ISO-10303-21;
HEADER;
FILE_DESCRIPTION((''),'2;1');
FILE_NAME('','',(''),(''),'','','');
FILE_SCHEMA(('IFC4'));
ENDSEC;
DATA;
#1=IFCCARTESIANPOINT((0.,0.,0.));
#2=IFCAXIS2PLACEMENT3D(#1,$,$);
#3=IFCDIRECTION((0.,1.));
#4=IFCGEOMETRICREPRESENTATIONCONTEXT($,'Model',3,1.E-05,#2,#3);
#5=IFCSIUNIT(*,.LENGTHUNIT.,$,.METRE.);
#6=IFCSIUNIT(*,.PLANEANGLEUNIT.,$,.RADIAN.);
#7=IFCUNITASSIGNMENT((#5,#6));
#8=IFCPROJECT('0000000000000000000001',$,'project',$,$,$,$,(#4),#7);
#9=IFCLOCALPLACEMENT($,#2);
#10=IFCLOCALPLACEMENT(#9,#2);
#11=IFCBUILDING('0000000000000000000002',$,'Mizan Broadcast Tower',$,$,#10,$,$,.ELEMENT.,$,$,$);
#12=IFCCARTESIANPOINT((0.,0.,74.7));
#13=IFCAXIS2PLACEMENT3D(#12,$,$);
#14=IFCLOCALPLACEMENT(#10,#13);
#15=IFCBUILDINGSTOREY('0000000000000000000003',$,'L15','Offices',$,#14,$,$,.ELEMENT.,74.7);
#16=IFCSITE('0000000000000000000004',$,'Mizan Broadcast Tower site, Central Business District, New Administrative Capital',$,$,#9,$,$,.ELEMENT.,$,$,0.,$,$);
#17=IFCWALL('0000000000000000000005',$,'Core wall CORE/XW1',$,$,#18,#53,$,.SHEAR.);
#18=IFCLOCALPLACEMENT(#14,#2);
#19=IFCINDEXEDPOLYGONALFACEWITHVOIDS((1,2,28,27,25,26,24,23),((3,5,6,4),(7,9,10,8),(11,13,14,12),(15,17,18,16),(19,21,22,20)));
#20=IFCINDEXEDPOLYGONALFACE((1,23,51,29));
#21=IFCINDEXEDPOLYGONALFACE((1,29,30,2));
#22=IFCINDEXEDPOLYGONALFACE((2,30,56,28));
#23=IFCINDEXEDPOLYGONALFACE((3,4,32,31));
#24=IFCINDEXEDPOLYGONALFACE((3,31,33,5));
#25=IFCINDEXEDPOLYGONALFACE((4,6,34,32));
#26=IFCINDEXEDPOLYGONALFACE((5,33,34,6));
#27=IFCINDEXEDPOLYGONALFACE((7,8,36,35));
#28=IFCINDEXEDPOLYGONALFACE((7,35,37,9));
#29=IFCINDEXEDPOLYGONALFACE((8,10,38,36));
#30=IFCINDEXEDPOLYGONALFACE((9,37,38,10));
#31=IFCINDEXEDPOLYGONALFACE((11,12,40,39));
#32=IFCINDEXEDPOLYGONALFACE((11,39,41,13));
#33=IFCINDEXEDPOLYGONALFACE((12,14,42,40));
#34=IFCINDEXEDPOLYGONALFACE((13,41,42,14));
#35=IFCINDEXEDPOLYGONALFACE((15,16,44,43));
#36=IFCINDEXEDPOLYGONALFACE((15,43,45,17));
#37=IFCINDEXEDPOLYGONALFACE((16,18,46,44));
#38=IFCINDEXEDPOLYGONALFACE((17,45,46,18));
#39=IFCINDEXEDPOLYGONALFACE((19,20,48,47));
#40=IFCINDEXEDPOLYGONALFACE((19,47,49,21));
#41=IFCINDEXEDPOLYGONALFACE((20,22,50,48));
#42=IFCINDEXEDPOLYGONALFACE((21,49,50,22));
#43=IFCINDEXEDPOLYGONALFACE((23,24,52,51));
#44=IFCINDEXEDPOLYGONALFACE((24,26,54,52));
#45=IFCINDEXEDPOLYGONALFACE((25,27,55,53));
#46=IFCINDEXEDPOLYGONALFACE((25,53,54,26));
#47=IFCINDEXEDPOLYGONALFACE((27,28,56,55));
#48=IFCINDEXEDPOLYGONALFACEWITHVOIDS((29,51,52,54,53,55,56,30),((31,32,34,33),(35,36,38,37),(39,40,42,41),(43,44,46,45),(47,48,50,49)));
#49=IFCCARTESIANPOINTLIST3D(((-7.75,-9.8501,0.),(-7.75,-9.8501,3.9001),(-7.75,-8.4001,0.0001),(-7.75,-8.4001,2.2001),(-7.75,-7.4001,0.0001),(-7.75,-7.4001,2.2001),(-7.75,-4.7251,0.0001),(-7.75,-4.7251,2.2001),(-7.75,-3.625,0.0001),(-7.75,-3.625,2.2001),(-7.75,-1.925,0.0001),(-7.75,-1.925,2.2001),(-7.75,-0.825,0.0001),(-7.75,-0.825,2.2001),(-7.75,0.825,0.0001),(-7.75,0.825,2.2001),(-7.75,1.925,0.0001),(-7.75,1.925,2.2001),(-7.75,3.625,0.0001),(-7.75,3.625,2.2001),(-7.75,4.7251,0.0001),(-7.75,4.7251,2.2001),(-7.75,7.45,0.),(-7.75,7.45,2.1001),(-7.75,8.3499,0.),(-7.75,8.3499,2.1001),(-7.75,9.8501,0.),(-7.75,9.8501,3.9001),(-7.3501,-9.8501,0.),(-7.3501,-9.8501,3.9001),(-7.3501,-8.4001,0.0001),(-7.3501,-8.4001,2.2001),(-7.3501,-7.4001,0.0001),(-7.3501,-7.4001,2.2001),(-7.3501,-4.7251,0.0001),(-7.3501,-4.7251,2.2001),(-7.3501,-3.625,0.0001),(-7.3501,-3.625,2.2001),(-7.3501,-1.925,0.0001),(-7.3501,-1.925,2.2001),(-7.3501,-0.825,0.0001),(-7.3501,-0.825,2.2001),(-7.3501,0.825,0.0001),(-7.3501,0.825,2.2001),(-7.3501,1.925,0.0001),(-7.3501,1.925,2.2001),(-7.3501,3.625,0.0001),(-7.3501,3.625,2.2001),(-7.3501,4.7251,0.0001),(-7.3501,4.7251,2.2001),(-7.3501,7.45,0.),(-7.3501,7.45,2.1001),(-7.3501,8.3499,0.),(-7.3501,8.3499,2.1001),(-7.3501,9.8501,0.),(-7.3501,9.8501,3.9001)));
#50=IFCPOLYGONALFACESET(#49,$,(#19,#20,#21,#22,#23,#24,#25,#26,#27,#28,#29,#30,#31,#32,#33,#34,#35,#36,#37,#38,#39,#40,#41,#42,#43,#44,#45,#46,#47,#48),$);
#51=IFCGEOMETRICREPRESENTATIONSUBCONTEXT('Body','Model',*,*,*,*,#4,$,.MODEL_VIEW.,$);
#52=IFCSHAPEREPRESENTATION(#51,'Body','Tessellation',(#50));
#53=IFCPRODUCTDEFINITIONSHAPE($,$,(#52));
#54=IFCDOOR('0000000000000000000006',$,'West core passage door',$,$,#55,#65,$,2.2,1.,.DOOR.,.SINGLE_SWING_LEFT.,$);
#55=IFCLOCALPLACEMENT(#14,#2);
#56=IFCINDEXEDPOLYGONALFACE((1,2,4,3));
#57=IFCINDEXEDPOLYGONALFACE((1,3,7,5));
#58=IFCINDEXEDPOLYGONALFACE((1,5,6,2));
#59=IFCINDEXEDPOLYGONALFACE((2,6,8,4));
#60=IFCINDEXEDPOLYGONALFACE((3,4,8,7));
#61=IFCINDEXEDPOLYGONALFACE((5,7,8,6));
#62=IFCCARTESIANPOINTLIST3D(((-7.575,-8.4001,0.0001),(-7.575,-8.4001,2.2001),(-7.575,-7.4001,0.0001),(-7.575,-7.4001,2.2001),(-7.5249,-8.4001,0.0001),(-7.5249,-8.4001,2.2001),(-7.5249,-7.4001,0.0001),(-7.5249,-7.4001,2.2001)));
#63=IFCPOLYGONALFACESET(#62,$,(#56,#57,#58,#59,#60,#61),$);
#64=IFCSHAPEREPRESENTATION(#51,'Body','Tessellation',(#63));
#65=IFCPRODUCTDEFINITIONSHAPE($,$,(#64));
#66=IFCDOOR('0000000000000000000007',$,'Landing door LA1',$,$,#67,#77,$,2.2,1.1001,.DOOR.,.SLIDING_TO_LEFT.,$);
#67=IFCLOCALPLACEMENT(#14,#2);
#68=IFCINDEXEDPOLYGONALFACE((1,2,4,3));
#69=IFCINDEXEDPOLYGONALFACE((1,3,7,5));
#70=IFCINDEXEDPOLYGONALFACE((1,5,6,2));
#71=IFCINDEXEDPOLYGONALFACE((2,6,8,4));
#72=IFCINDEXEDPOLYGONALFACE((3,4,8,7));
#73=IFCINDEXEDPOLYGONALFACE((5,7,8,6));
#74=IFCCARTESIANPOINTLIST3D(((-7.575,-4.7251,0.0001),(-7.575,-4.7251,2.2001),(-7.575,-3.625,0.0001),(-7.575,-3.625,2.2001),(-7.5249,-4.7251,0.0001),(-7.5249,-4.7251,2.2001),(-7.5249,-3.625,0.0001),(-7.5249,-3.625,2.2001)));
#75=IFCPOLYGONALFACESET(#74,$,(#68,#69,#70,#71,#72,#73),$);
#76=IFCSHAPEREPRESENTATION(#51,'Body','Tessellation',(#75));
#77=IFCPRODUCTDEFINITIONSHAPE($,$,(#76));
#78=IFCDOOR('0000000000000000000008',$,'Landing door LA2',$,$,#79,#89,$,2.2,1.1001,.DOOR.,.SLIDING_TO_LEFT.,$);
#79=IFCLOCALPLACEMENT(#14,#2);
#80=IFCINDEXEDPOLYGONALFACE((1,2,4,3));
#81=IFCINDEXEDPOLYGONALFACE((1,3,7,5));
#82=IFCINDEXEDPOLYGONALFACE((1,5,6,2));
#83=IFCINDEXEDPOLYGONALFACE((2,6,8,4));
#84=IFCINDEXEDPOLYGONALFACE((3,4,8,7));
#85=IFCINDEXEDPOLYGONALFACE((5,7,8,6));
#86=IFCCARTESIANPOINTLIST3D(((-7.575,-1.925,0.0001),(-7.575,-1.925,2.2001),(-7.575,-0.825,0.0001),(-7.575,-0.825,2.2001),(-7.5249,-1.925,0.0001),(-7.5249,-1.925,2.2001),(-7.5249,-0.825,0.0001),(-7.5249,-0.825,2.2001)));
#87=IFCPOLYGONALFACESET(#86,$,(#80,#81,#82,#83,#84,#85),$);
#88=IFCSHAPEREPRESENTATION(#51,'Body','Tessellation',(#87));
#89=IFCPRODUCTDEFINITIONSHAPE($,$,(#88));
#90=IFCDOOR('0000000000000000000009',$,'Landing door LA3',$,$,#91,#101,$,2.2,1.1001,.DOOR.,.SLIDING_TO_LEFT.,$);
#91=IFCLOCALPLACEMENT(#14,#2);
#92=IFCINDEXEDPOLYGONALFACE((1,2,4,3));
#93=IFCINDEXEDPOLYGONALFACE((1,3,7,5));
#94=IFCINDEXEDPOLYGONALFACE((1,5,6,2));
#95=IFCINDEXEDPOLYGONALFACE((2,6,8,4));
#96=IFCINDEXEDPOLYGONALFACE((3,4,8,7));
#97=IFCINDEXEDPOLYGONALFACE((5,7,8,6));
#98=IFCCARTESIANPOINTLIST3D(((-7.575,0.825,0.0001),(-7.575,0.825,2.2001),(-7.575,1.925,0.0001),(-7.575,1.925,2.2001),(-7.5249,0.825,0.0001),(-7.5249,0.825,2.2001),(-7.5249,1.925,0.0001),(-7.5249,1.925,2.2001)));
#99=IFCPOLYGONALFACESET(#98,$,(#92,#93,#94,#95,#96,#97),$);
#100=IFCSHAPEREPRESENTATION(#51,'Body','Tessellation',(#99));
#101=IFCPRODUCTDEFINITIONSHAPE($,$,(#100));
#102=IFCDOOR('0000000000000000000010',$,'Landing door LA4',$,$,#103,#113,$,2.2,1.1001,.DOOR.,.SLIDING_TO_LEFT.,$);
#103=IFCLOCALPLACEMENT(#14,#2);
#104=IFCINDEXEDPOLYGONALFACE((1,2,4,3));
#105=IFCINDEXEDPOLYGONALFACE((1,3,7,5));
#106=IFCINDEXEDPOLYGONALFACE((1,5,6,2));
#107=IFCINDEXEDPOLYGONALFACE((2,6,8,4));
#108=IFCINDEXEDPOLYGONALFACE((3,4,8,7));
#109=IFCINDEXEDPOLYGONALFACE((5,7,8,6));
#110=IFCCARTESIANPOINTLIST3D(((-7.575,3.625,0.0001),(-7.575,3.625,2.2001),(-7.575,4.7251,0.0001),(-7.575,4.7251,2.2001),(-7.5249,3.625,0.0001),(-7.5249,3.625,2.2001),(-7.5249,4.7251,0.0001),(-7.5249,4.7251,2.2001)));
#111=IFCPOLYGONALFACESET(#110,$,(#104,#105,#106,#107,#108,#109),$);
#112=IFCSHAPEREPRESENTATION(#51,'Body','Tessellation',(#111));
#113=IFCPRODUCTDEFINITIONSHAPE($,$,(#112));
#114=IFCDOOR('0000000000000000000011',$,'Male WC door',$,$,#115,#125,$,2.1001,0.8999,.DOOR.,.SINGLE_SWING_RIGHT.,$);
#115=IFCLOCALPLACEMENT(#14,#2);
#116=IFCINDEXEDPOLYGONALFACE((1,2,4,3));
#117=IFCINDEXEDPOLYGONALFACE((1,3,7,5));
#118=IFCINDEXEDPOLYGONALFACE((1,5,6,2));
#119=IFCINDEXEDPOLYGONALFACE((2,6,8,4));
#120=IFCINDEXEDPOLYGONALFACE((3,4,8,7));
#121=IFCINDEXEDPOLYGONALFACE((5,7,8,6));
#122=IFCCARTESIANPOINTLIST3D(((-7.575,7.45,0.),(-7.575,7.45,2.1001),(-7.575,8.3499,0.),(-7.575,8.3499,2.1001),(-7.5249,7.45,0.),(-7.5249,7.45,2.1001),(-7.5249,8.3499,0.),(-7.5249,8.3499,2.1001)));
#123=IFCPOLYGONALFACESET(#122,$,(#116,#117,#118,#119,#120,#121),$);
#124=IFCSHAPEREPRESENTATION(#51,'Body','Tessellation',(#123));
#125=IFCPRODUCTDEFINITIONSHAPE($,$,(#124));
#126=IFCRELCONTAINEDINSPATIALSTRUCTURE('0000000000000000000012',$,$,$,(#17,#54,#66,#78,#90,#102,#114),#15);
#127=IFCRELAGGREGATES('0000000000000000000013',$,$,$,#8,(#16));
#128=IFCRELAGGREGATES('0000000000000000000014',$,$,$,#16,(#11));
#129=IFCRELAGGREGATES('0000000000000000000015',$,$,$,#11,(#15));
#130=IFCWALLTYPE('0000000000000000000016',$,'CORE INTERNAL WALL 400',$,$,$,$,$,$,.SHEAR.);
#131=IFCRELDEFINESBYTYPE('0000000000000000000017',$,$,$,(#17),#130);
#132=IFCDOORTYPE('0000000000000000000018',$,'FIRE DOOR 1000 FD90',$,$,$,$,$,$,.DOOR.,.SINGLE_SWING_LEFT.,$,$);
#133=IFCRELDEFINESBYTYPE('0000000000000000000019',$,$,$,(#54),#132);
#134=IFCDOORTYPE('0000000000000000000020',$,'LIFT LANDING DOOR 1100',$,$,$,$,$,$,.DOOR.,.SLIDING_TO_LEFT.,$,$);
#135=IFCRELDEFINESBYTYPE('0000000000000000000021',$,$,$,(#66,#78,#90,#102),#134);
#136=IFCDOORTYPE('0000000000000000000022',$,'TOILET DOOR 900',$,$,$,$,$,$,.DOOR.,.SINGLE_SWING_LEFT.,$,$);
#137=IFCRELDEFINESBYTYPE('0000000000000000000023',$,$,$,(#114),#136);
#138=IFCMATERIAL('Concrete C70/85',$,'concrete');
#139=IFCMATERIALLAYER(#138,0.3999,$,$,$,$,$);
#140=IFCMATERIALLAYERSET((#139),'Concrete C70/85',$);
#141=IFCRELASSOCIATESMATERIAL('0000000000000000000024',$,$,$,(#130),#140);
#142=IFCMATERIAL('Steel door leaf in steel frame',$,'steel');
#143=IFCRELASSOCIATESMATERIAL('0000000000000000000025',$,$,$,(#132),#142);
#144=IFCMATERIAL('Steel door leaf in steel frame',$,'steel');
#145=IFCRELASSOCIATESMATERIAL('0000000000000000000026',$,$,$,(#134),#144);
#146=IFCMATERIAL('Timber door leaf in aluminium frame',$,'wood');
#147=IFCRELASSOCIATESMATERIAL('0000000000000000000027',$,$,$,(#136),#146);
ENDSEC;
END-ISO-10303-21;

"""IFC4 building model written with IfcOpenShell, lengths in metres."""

from ifc_helpers import new_model, si_unit, direction, frame, frame_2d, origin, place, context, subcontext, project, spatial, rectangle, extrude, material, layer, layer_set, type_object, element, fill, save


model = new_model("IFC4")

# Units and contexts
model_context = context("Model", 3, precision=1e-05, world=origin(), true_north=direction((0.0, 1.0)))
body_context = subcontext(model_context, "Body", "Model", "MODEL_VIEW")
ifc_project = project(units=[si_unit("LENGTHUNIT", "METRE"), si_unit("PLANEANGLEUNIT", "RADIAN")], contexts=[model_context])

# Site, building, storey
site_placement = place(None, origin())
site = spatial("IfcSite", under=ifc_project, at=site_placement, Name="Mizan Broadcast Tower site, Central Business District, New Administrative Capital", CompositionType="ELEMENT", RefElevation=0.0)
building_placement = place(site_placement, origin())
building = spatial("IfcBuilding", under=site, at=building_placement, Name="Mizan Broadcast Tower", CompositionType="ELEMENT")
storey_placement = place(building_placement, frame((0.0, 0.0, 74.7)))
storey = spatial("IfcBuildingStorey", under=building, at=storey_placement, Name="L15", Description="Offices", CompositionType="ELEMENT", Elevation=74.7)

# Wall, openings, doors
ifc_material_1 = material(Name="Concrete C70/85", Category="concrete")
ifc_layer_1 = layer(ifc_material_1, 0.3999)
ifc_layer_set_1 = layer_set([ifc_layer_1], Name="Concrete C70/85")
wall_type_1 = type_object("IfcWallType", Name="CORE INTERNAL WALL 400", PredefinedType="SHEAR", material=ifc_layer_set_1)
wall_1_placement = place(storey_placement, frame((-7.55, -9.8501, 0.0), z_axis=(0.0, 0.0, 1.0), x_axis=(0.0, 1.0, 0.0)))
wall_1 = element("IfcWall", 1, at=wall_1_placement, inside=storey, type_object=wall_type_1, Name="Core wall CORE/XW1", PredefinedType="SHEAR", context=body_context, shape_type="SweptSolid", body=[
    extrude(rectangle(XDim=19.7002, YDim=0.3999, at=frame_2d((9.8501, 0.0))), origin(), (0.0, 0.0, 1.0), 3.9001),
])
opening_1_placement = place(wall_1_placement, frame((1.45, 0.0, 0.0)))
opening_1 = element("IfcOpeningElement", 2, at=opening_1_placement, cuts=wall_1, PredefinedType="OPENING", context=body_context, shape_type="SweptSolid", body=[
    extrude(rectangle(XDim=1.0, YDim=2.2, at=frame_2d((0.5, 1.1001))), frame((0.0, 0.21, 0.0), z_axis=(0.0, -1.0, 0.0), x_axis=(1.0, 0.0, 0.0)), (0.0, 0.0, 1.0), 0.4199),
])
opening_2_placement = place(wall_1_placement, frame((17.3, 0.0, 0.0)))
opening_2 = element("IfcOpeningElement", 3, at=opening_2_placement, cuts=wall_1, PredefinedType="OPENING", context=body_context, shape_type="SweptSolid", body=[
    extrude(rectangle(XDim=0.8999, YDim=2.1001, at=frame_2d((0.45, 1.05))), frame((0.0, 0.21, 0.0), z_axis=(0.0, -1.0, 0.0), x_axis=(1.0, 0.0, 0.0)), (0.0, 0.0, 1.0), 0.4199),
])
opening_3_placement = place(wall_1_placement, frame((5.125, 0.0, 0.0)))
opening_3 = element("IfcOpeningElement", 4, at=opening_3_placement, cuts=wall_1, PredefinedType="OPENING", context=body_context, shape_type="SweptSolid", body=[
    extrude(rectangle(XDim=1.1001, YDim=2.2, at=frame_2d((0.55, 1.1001))), frame((0.0, 0.21, 0.0), z_axis=(0.0, -1.0, 0.0), x_axis=(1.0, 0.0, 0.0)), (0.0, 0.0, 1.0), 0.4199),
])
opening_4_placement = place(wall_1_placement, frame((7.925, 0.0, 0.0)))
opening_4 = element("IfcOpeningElement", 5, at=opening_4_placement, cuts=wall_1, PredefinedType="OPENING", context=body_context, shape_type="SweptSolid", body=[
    extrude(rectangle(XDim=1.1001, YDim=2.2, at=frame_2d((0.55, 1.1001))), frame((0.0, 0.21, 0.0), z_axis=(0.0, -1.0, 0.0), x_axis=(1.0, 0.0, 0.0)), (0.0, 0.0, 1.0), 0.4199),
])
opening_5_placement = place(wall_1_placement, frame((10.675, 0.0, 0.0)))
opening_5 = element("IfcOpeningElement", 6, at=opening_5_placement, cuts=wall_1, PredefinedType="OPENING", context=body_context, shape_type="SweptSolid", body=[
    extrude(rectangle(XDim=1.1001, YDim=2.2, at=frame_2d((0.55, 1.1001))), frame((0.0, 0.21, 0.0), z_axis=(0.0, -1.0, 0.0), x_axis=(1.0, 0.0, 0.0)), (0.0, 0.0, 1.0), 0.4199),
])
opening_6_placement = place(wall_1_placement, frame((13.4751, 0.0, 0.0)))
opening_6 = element("IfcOpeningElement", 7, at=opening_6_placement, cuts=wall_1, PredefinedType="OPENING", context=body_context, shape_type="SweptSolid", body=[
    extrude(rectangle(XDim=1.1001, YDim=2.2, at=frame_2d((0.55, 1.1001))), frame((0.0, 0.21, 0.0), z_axis=(0.0, -1.0, 0.0), x_axis=(1.0, 0.0, 0.0)), (0.0, 0.0, 1.0), 0.4199),
])
ifc_material_2 = material(Name="Steel door leaf in steel frame", Category="steel")
door_type_1 = type_object("IfcDoorType", Name="FIRE DOOR 1000 FD90", OperationType="SINGLE_SWING_LEFT", PredefinedType="DOOR", material=ifc_material_2)
door_1_placement = place(opening_1_placement, origin())
door_1 = element("IfcDoor", 8, at=door_1_placement, inside=storey, type_object=door_type_1, Name="West core passage door", OperationType="SINGLE_SWING_LEFT", OverallHeight=2.2, OverallWidth=1.0, PredefinedType="DOOR", context=body_context, shape_type="SweptSolid", body=[
    extrude(rectangle(XDim=1.0, YDim=2.2, at=frame_2d((0.5, 1.1001))), frame((0.0, 0.0249, 0.0), z_axis=(0.0, -1.0, 0.0), x_axis=(1.0, 0.0, 0.0)), (0.0, 0.0, 1.0), 0.05),
])
fill(opening_1, door_1)
ifc_material_3 = material(Name="Steel door leaf in steel frame", Category="steel")
door_type_2 = type_object("IfcDoorType", Name="LIFT LANDING DOOR 1100", OperationType="SLIDING_TO_LEFT", PredefinedType="DOOR", material=ifc_material_3)
door_2_placement = place(opening_3_placement, origin())
door_2 = element("IfcDoor", 9, at=door_2_placement, inside=storey, type_object=door_type_2, Name="Landing door LA1", OperationType="SLIDING_TO_LEFT", OverallHeight=2.2, OverallWidth=1.1001, PredefinedType="DOOR", context=body_context, shape_type="SweptSolid", body=[
    extrude(rectangle(XDim=1.1001, YDim=2.2, at=frame_2d((0.55, 1.1001))), frame((0.0, 0.0249, 0.0), z_axis=(0.0, -1.0, 0.0), x_axis=(1.0, 0.0, 0.0)), (0.0, 0.0, 1.0), 0.05),
])
fill(opening_3, door_2)
door_3_placement = place(opening_4_placement, origin())
door_3 = element("IfcDoor", 10, at=door_3_placement, inside=storey, type_object=door_type_2, Name="Landing door LA2", OperationType="SLIDING_TO_LEFT", OverallHeight=2.2, OverallWidth=1.1001, PredefinedType="DOOR", context=body_context, shape_type="SweptSolid", body=[
    extrude(rectangle(XDim=1.1001, YDim=2.2, at=frame_2d((0.55, 1.1001))), frame((0.0, 0.0249, 0.0), z_axis=(0.0, -1.0, 0.0), x_axis=(1.0, 0.0, 0.0)), (0.0, 0.0, 1.0), 0.05),
])
fill(opening_4, door_3)
door_4_placement = place(opening_5_placement, origin())
door_4 = element("IfcDoor", 11, at=door_4_placement, inside=storey, type_object=door_type_2, Name="Landing door LA3", OperationType="SLIDING_TO_LEFT", OverallHeight=2.2, OverallWidth=1.1001, PredefinedType="DOOR", context=body_context, shape_type="SweptSolid", body=[
    extrude(rectangle(XDim=1.1001, YDim=2.2, at=frame_2d((0.55, 1.1001))), frame((0.0, 0.0249, 0.0), z_axis=(0.0, -1.0, 0.0), x_axis=(1.0, 0.0, 0.0)), (0.0, 0.0, 1.0), 0.05),
])
fill(opening_5, door_4)
door_5_placement = place(opening_6_placement, origin())
door_5 = element("IfcDoor", 12, at=door_5_placement, inside=storey, type_object=door_type_2, Name="Landing door LA4", OperationType="SLIDING_TO_LEFT", OverallHeight=2.2, OverallWidth=1.1001, PredefinedType="DOOR", context=body_context, shape_type="SweptSolid", body=[
    extrude(rectangle(XDim=1.1001, YDim=2.2, at=frame_2d((0.55, 1.1001))), frame((0.0, 0.0249, 0.0), z_axis=(0.0, -1.0, 0.0), x_axis=(1.0, 0.0, 0.0)), (0.0, 0.0, 1.0), 0.05),
])
fill(opening_6, door_5)
ifc_material_4 = material(Name="Timber door leaf in aluminium frame", Category="wood")
door_type_3 = type_object("IfcDoorType", Name="TOILET DOOR 900", OperationType="SINGLE_SWING_LEFT", PredefinedType="DOOR", material=ifc_material_4)
door_6_placement = place(opening_2_placement, origin())
door_6 = element("IfcDoor", 13, at=door_6_placement, inside=storey, type_object=door_type_3, Name="Male WC door", OperationType="SINGLE_SWING_RIGHT", OverallHeight=2.1001, OverallWidth=0.8999, PredefinedType="DOOR", context=body_context, shape_type="SweptSolid", body=[
    extrude(rectangle(XDim=0.8999, YDim=2.1001, at=frame_2d((0.45, 1.05))), frame((0.0, 0.0249, 0.0), z_axis=(0.0, -1.0, 0.0), x_axis=(1.0, 0.0, 0.0)), (0.0, 0.0, 1.0), 0.05),
])
fill(opening_2, door_6)

save(model, "model.ifc")
